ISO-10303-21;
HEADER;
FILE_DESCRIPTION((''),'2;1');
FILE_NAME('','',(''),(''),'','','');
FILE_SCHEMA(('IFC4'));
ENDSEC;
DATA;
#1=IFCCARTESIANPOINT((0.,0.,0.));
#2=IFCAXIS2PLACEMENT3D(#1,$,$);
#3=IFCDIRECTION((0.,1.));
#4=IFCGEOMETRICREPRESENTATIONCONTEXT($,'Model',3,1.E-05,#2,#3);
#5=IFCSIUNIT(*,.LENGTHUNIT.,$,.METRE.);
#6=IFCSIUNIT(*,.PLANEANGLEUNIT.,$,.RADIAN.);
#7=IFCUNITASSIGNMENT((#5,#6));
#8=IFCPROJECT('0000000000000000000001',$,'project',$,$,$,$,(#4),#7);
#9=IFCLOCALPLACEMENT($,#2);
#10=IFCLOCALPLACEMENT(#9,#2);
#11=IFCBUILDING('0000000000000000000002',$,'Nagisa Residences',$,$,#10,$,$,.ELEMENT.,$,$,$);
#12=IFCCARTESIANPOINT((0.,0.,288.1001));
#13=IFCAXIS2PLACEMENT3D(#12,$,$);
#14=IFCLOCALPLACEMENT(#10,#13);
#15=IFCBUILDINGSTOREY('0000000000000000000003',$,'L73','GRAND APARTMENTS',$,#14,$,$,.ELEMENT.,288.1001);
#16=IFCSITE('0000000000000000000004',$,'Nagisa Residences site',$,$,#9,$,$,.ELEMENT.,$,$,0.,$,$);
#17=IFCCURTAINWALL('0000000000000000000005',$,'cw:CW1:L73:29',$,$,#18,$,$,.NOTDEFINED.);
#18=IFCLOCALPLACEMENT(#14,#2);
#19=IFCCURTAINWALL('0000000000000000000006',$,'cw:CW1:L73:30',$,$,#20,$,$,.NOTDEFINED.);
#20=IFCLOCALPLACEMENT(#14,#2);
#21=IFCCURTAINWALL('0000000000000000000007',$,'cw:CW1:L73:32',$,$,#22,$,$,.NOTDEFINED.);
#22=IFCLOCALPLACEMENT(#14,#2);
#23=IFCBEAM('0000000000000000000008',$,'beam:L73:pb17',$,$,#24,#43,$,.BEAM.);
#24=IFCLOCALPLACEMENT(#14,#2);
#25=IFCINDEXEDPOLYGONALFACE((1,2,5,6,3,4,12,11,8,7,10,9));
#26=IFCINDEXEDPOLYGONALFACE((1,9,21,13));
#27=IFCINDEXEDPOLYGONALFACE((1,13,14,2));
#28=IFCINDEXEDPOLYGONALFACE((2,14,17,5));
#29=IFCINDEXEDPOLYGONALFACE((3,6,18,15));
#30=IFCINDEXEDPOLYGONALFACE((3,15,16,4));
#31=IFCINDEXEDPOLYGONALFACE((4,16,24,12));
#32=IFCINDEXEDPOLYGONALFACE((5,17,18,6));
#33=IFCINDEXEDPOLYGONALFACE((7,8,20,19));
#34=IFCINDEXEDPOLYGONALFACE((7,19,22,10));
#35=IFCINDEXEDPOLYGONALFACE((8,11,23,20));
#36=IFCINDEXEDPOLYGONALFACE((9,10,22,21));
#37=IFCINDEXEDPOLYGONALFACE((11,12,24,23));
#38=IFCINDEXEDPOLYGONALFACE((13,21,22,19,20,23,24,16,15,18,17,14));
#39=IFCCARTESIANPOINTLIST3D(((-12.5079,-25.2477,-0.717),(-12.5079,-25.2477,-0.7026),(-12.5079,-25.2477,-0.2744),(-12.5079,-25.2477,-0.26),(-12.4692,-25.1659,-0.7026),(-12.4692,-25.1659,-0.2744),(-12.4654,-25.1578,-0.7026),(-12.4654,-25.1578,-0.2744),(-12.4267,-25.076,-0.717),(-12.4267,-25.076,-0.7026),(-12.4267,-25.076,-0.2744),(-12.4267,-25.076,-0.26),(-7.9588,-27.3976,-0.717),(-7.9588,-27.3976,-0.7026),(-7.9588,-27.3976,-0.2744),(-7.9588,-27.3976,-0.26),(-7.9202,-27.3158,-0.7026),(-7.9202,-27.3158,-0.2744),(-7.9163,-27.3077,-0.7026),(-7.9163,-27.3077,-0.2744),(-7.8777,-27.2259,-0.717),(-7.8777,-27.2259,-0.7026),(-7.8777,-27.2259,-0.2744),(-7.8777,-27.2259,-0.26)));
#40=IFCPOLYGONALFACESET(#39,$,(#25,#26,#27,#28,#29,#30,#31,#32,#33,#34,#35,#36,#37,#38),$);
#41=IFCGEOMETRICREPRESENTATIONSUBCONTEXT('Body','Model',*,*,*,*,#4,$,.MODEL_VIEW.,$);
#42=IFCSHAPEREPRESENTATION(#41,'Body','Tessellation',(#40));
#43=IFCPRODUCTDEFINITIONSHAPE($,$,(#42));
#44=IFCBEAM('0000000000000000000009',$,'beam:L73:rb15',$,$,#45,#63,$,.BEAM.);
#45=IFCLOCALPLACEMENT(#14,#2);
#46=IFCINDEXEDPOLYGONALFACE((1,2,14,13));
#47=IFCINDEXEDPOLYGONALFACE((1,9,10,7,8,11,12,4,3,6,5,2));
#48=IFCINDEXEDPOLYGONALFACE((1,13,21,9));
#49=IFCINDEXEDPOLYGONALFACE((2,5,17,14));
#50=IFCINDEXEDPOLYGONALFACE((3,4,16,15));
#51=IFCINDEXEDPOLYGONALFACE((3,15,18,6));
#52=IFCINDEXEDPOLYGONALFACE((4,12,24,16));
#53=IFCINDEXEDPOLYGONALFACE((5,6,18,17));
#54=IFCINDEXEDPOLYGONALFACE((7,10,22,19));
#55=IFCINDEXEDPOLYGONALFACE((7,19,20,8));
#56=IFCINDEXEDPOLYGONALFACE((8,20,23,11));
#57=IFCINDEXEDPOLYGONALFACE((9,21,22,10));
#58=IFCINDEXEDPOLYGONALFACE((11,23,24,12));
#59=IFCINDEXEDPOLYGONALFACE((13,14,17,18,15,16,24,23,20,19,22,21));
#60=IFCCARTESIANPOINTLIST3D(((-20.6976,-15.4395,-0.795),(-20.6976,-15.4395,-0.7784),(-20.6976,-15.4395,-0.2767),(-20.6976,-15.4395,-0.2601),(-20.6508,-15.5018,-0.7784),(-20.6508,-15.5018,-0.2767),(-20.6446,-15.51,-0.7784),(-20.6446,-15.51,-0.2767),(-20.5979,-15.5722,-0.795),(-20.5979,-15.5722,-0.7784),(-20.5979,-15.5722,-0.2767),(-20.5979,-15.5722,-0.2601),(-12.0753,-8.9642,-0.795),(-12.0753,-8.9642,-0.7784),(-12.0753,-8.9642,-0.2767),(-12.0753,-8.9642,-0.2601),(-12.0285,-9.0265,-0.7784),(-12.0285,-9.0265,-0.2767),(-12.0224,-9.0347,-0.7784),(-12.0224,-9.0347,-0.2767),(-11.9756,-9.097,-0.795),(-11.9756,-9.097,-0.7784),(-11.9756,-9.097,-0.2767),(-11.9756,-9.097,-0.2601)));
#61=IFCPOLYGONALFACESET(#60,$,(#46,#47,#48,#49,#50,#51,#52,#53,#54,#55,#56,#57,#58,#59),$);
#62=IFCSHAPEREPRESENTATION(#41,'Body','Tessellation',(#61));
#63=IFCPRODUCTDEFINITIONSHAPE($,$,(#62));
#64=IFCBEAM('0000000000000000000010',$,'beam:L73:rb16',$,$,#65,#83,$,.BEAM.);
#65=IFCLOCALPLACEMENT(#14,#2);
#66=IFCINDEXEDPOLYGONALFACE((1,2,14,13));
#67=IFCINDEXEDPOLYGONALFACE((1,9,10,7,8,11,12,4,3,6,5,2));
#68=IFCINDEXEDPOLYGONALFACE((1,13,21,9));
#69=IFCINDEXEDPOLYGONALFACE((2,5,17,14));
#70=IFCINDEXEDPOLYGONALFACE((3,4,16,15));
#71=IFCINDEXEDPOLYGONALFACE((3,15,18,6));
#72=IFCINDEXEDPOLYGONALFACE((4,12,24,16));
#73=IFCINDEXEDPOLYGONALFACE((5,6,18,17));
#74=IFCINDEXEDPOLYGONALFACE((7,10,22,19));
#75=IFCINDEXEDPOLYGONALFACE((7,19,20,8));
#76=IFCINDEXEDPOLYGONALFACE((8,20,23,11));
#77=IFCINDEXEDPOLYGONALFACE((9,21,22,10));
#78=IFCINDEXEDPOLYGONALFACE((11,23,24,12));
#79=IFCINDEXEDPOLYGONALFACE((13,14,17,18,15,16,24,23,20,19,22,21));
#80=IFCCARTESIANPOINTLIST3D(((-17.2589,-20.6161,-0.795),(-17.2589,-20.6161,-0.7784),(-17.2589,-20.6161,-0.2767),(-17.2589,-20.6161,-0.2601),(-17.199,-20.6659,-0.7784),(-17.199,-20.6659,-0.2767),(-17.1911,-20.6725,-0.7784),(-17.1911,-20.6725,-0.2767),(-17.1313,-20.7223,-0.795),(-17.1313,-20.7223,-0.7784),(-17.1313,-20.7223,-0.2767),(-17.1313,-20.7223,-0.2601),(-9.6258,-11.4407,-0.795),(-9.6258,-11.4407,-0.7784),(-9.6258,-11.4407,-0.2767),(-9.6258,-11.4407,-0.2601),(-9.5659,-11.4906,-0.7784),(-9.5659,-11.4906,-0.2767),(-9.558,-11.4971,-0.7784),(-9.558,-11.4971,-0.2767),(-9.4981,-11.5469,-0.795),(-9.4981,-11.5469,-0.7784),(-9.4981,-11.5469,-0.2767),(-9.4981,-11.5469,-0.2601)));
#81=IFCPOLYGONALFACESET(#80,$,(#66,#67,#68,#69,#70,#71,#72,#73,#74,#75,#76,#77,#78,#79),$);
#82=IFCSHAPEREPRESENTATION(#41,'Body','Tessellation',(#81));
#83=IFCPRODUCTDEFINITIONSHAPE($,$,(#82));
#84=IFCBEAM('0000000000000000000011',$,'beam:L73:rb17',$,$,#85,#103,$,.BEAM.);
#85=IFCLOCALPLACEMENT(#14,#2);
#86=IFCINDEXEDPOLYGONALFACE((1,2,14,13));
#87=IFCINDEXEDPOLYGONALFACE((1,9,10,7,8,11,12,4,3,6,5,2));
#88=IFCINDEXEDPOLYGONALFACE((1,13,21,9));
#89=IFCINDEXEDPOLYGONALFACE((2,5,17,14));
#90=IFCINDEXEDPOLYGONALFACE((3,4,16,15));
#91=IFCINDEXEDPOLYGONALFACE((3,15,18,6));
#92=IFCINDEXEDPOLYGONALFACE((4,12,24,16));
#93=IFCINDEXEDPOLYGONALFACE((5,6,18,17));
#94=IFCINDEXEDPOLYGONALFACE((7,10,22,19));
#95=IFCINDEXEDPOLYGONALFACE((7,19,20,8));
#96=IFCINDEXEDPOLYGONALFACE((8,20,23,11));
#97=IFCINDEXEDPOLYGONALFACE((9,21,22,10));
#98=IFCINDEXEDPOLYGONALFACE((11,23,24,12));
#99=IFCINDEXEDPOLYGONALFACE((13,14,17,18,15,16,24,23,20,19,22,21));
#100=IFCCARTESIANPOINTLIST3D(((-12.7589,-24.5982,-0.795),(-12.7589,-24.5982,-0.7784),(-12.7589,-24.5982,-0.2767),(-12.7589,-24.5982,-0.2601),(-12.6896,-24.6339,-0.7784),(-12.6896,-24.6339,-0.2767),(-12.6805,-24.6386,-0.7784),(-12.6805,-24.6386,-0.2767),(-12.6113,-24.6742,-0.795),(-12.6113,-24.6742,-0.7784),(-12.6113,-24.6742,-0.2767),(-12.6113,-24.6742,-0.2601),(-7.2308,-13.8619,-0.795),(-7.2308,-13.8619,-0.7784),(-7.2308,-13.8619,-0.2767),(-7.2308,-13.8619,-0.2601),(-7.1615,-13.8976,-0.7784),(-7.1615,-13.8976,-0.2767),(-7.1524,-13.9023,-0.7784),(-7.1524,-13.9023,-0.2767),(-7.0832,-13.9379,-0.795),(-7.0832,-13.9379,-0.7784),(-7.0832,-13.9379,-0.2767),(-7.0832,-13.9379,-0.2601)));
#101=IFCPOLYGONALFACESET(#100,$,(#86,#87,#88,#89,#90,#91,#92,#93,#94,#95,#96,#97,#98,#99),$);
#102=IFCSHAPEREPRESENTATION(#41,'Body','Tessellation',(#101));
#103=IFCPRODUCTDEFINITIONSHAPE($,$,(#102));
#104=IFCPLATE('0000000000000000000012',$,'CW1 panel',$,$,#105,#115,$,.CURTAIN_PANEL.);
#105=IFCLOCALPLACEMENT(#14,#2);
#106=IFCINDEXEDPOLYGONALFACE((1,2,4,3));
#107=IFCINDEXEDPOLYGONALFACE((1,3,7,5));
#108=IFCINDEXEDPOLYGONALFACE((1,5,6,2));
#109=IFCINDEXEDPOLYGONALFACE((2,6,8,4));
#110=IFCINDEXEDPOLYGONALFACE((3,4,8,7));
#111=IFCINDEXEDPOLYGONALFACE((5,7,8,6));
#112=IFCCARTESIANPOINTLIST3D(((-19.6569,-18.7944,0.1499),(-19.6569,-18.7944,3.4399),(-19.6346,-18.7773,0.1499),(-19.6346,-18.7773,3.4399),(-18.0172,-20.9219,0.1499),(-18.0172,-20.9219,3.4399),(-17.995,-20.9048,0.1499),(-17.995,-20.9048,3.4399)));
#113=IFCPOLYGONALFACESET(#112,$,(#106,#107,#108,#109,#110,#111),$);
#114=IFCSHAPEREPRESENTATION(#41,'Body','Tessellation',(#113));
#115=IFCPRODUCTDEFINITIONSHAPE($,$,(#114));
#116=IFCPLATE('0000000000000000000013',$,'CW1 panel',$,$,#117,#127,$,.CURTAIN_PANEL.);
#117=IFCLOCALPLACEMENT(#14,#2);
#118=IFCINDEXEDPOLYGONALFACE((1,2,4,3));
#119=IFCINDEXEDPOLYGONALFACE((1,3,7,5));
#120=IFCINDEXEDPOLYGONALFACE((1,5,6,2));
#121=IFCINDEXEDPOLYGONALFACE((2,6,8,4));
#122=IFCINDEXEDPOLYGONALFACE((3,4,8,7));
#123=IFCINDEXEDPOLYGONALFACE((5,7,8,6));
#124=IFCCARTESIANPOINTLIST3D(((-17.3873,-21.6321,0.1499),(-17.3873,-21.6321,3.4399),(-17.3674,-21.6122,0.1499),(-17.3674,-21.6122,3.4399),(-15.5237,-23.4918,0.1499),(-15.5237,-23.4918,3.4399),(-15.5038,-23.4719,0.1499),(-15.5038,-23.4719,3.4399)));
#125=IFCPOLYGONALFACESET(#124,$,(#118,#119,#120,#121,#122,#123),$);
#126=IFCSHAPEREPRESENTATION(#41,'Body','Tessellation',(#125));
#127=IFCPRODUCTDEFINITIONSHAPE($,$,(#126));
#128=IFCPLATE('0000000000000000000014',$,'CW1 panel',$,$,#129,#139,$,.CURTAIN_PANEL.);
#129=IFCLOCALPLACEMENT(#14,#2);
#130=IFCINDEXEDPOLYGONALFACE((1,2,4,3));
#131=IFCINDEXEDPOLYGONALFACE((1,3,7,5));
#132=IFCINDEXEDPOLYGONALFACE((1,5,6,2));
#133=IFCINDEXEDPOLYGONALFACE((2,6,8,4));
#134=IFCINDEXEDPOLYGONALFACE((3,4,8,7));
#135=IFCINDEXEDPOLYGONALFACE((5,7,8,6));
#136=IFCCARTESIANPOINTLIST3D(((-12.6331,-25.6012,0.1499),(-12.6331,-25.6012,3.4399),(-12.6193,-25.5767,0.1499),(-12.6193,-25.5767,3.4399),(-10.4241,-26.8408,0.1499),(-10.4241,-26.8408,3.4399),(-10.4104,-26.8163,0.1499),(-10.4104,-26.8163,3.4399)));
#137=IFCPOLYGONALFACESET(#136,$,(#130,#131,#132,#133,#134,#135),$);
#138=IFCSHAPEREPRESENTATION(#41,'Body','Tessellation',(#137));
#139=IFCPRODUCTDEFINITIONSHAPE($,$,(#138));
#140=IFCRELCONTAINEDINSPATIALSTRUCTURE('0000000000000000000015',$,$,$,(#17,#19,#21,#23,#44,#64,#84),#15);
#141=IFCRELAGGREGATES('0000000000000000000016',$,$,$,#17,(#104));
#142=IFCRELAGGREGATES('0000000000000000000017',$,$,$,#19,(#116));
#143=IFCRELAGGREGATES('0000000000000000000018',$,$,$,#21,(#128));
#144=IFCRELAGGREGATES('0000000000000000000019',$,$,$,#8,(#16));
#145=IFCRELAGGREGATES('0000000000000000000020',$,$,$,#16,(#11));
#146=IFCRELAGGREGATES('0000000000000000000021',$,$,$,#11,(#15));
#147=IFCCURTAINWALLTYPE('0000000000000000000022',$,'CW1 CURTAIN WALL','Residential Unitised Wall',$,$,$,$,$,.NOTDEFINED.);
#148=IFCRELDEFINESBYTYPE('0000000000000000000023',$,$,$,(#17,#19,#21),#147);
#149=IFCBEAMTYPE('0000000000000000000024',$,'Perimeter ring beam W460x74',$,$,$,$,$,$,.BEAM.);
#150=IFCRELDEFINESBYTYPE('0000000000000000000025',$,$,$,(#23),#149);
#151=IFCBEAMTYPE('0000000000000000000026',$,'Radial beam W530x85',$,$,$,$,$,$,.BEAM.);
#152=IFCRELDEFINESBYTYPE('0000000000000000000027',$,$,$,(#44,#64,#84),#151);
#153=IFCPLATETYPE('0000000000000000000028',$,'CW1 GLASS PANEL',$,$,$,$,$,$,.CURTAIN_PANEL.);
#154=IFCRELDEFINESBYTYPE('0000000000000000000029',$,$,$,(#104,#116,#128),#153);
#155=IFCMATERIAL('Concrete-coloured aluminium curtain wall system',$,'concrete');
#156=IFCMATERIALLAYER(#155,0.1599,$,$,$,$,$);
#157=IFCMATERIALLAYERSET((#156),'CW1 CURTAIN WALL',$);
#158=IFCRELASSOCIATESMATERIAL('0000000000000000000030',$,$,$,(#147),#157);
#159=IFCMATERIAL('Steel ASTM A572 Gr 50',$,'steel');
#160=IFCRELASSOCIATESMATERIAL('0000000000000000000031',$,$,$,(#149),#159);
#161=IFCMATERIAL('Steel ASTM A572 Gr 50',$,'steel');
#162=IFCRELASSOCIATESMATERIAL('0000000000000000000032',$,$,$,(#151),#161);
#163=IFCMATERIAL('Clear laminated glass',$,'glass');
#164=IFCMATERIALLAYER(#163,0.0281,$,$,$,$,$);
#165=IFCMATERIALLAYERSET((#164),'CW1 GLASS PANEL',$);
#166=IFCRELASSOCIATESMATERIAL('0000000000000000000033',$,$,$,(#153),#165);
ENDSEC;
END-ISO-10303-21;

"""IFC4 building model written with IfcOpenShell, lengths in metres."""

from ifc_helpers import new_model, si_unit, direction, frame, origin, origin_2d, place, context, subcontext, project, spatial, rectangle, i_section, extrude, material, layer, layer_set, material_profile, profile_set, type_object, element, aggregate, save


model = new_model("IFC4")

# Units and contexts
model_context = context("Model", 3, precision=1e-05, world=origin(), true_north=direction((0.0, 1.0)))
body_context = subcontext(model_context, "Body", "Model", "MODEL_VIEW")
ifc_project = project(units=[si_unit("LENGTHUNIT", "METRE"), si_unit("PLANEANGLEUNIT", "RADIAN")], contexts=[model_context])

# Site, building, storey
site_placement = place(None, origin())
site = spatial("IfcSite", under=ifc_project, at=site_placement, Name="Nagisa Residences site", CompositionType="ELEMENT", RefElevation=0.0)
building_placement = place(site_placement, origin())
building = spatial("IfcBuilding", under=site, at=building_placement, Name="Nagisa Residences", CompositionType="ELEMENT")
storey_placement = place(building_placement, frame((0.0, 0.0, 288.1001)))
storey = spatial("IfcBuildingStorey", under=building, at=storey_placement, Name="L73", Description="GRAND APARTMENTS", CompositionType="ELEMENT", Elevation=288.1001)

# Curtain walls
ifc_material_1 = material(Name="Concrete-coloured aluminium curtain wall system", Category="concrete")
ifc_layer_1 = layer(ifc_material_1, 0.1599)
ifc_layer_set_1 = layer_set([ifc_layer_1], Name="CW1 CURTAIN WALL")
curtain_wall_type = type_object("IfcCurtainWallType", Name="CW1 CURTAIN WALL", Description="Residential Unitised Wall", PredefinedType="NOTDEFINED", material=ifc_layer_set_1)
curtain_wall_1_placement = place(storey_placement, origin())
curtain_wall_1 = element("IfcCurtainWall", 1, at=curtain_wall_1_placement, inside=storey, type_object=curtain_wall_type, Name="cw:CW1:L73:29", PredefinedType="NOTDEFINED")
curtain_wall_2_placement = place(storey_placement, origin())
curtain_wall_2 = element("IfcCurtainWall", 2, at=curtain_wall_2_placement, inside=storey, type_object=curtain_wall_type, Name="cw:CW1:L73:30", PredefinedType="NOTDEFINED")
curtain_wall_3_placement = place(storey_placement, origin())
curtain_wall_3 = element("IfcCurtainWall", 3, at=curtain_wall_3_placement, inside=storey, type_object=curtain_wall_type, Name="cw:CW1:L73:32", PredefinedType="NOTDEFINED")

# Beams
ifc_material_2 = material(Name="Steel ASTM A572 Gr 50", Category="steel")
ifc_material_profile_1 = material_profile(ifc_material_2, i_section(OverallWidth=0.1899, OverallDepth=0.457, WebThickness=0.009, FlangeThickness=0.0144, at=origin_2d()), Name="W460x74")
ifc_profile_set_1 = profile_set([ifc_material_profile_1], Name="Steel ASTM A572 Gr 50")
beam_type_1 = type_object("IfcBeamType", Name="Perimeter ring beam W460x74", PredefinedType="BEAM", material=ifc_profile_set_1)
beam_1_placement = place(storey_placement, frame((-12.4673, -25.1619, -0.4885), z_axis=(0.904116, -0.427287, 0.0), x_axis=(0.427287, 0.904116, 0.0)))
element("IfcBeam", 4, at=beam_1_placement, inside=storey, type_object=beam_type_1, Name="beam:L73:pb17", PredefinedType="BEAM", context=body_context, shape_type="SweptSolid", body=[
    extrude(i_section(OverallWidth=0.1899, OverallDepth=0.457, WebThickness=0.009, FlangeThickness=0.0144, at=origin_2d()), origin(), (0.0, 0.0, 1.0), 5.0315),
])
ifc_material_3 = material(Name="Steel ASTM A572 Gr 50", Category="steel")
ifc_material_profile_2 = material_profile(ifc_material_3, i_section(OverallWidth=0.166, OverallDepth=0.5349, WebThickness=0.0103, FlangeThickness=0.0166, at=origin_2d()), Name="W530x85")
ifc_profile_set_2 = profile_set([ifc_material_profile_2], Name="Steel ASTM A572 Gr 50")
beam_type_2 = type_object("IfcBeamType", Name="Radial beam W530x85", PredefinedType="BEAM", material=ifc_profile_set_2)
beam_2_placement = place(storey_placement, frame((-20.6477, -15.5059, -0.5276), z_axis=(0.799617, 0.600511, 0.0), x_axis=(-0.600511, 0.799617, 0.0)))
element("IfcBeam", 5, at=beam_2_placement, inside=storey, type_object=beam_type_2, Name="beam:L73:rb15", PredefinedType="BEAM", context=body_context, shape_type="SweptSolid", body=[
    extrude(i_section(OverallWidth=0.166, OverallDepth=0.5349, WebThickness=0.0103, FlangeThickness=0.0166, at=origin_2d()), origin(), (0.0, 0.0, 1.0), 10.783),
])
beam_3_placement = place(storey_placement, frame((-17.1951, -20.6692, -0.5276), z_axis=(0.63954, 0.768758, 0.0), x_axis=(-0.768758, 0.63954, 0.0)))
element("IfcBeam", 6, at=beam_3_placement, inside=storey, type_object=beam_type_2, Name="beam:L73:rb16", PredefinedType="BEAM", context=body_context, shape_type="SweptSolid", body=[
    extrude(i_section(OverallWidth=0.166, OverallDepth=0.5349, WebThickness=0.0103, FlangeThickness=0.0166, at=origin_2d()), origin(), (0.0, 0.0, 1.0), 11.9353),
])
beam_4_placement = place(storey_placement, frame((-12.6851, -24.6362, -0.5276), z_axis=(0.457776, 0.889068, 0.0), x_axis=(-0.889068, 0.457776, 0.0)))
element("IfcBeam", 7, at=beam_4_placement, inside=storey, type_object=beam_type_2, Name="beam:L73:rb17", PredefinedType="BEAM", context=body_context, shape_type="SweptSolid", body=[
    extrude(i_section(OverallWidth=0.166, OverallDepth=0.5349, WebThickness=0.0103, FlangeThickness=0.0166, at=origin_2d()), origin(), (0.0, 0.0, 1.0), 12.0759),
])

# Plates
ifc_material_4 = material(Name="Clear laminated glass", Category="glass")
ifc_layer_2 = layer(ifc_material_4, 0.0281)
ifc_layer_set_2 = layer_set([ifc_layer_2], Name="CW1 GLASS PANEL")
plate_type = type_object("IfcPlateType", Name="CW1 GLASS PANEL", PredefinedType="CURTAIN_PANEL", material=ifc_layer_set_2)
plate_1_placement = place(storey_placement, frame((-18.8259, -19.8496, 0.1499), z_axis=(0.0, 0.0, 1.0), x_axis=(0.61043, -0.79207, 0.0)))
plate_1 = element("IfcPlate", 8, at=plate_1_placement, type_object=plate_type, Name="CW1 panel", PredefinedType="CURTAIN_PANEL", context=body_context, shape_type="SweptSolid", body=[
    extrude(rectangle(XDim=2.686, YDim=0.0281, at=origin_2d()), origin(), (0.0, 0.0, 1.0), 3.29),
])
aggregate(curtain_wall_1, [plate_1])
plate_2_placement = place(storey_placement, frame((-16.4456, -22.552, 0.1499), z_axis=(0.0, 0.0, 1.0), x_axis=(0.707836, -0.706377, 0.0)))
plate_2 = element("IfcPlate", 9, at=plate_2_placement, type_object=plate_type, Name="CW1 panel", PredefinedType="CURTAIN_PANEL", context=body_context, shape_type="SweptSolid", body=[
    extrude(rectangle(XDim=2.6328, YDim=0.0281, at=origin_2d()), origin(), (0.0, 0.0, 1.0), 3.29),
])
aggregate(curtain_wall_2, [plate_2])
plate_3_placement = place(storey_placement, frame((-11.5217, -26.2087, 0.1499), z_axis=(0.0, 0.0, 1.0), x_axis=(0.872072, -0.489377, 0.0)))
plate_3 = element("IfcPlate", 10, at=plate_3_placement, type_object=plate_type, Name="CW1 panel", PredefinedType="CURTAIN_PANEL", context=body_context, shape_type="SweptSolid", body=[
    extrude(rectangle(XDim=2.533, YDim=0.0281, at=origin_2d()), origin(), (0.0, 0.0, 1.0), 3.29),
])
aggregate(curtain_wall_3, [plate_3])

save(model, "model.ifc")
